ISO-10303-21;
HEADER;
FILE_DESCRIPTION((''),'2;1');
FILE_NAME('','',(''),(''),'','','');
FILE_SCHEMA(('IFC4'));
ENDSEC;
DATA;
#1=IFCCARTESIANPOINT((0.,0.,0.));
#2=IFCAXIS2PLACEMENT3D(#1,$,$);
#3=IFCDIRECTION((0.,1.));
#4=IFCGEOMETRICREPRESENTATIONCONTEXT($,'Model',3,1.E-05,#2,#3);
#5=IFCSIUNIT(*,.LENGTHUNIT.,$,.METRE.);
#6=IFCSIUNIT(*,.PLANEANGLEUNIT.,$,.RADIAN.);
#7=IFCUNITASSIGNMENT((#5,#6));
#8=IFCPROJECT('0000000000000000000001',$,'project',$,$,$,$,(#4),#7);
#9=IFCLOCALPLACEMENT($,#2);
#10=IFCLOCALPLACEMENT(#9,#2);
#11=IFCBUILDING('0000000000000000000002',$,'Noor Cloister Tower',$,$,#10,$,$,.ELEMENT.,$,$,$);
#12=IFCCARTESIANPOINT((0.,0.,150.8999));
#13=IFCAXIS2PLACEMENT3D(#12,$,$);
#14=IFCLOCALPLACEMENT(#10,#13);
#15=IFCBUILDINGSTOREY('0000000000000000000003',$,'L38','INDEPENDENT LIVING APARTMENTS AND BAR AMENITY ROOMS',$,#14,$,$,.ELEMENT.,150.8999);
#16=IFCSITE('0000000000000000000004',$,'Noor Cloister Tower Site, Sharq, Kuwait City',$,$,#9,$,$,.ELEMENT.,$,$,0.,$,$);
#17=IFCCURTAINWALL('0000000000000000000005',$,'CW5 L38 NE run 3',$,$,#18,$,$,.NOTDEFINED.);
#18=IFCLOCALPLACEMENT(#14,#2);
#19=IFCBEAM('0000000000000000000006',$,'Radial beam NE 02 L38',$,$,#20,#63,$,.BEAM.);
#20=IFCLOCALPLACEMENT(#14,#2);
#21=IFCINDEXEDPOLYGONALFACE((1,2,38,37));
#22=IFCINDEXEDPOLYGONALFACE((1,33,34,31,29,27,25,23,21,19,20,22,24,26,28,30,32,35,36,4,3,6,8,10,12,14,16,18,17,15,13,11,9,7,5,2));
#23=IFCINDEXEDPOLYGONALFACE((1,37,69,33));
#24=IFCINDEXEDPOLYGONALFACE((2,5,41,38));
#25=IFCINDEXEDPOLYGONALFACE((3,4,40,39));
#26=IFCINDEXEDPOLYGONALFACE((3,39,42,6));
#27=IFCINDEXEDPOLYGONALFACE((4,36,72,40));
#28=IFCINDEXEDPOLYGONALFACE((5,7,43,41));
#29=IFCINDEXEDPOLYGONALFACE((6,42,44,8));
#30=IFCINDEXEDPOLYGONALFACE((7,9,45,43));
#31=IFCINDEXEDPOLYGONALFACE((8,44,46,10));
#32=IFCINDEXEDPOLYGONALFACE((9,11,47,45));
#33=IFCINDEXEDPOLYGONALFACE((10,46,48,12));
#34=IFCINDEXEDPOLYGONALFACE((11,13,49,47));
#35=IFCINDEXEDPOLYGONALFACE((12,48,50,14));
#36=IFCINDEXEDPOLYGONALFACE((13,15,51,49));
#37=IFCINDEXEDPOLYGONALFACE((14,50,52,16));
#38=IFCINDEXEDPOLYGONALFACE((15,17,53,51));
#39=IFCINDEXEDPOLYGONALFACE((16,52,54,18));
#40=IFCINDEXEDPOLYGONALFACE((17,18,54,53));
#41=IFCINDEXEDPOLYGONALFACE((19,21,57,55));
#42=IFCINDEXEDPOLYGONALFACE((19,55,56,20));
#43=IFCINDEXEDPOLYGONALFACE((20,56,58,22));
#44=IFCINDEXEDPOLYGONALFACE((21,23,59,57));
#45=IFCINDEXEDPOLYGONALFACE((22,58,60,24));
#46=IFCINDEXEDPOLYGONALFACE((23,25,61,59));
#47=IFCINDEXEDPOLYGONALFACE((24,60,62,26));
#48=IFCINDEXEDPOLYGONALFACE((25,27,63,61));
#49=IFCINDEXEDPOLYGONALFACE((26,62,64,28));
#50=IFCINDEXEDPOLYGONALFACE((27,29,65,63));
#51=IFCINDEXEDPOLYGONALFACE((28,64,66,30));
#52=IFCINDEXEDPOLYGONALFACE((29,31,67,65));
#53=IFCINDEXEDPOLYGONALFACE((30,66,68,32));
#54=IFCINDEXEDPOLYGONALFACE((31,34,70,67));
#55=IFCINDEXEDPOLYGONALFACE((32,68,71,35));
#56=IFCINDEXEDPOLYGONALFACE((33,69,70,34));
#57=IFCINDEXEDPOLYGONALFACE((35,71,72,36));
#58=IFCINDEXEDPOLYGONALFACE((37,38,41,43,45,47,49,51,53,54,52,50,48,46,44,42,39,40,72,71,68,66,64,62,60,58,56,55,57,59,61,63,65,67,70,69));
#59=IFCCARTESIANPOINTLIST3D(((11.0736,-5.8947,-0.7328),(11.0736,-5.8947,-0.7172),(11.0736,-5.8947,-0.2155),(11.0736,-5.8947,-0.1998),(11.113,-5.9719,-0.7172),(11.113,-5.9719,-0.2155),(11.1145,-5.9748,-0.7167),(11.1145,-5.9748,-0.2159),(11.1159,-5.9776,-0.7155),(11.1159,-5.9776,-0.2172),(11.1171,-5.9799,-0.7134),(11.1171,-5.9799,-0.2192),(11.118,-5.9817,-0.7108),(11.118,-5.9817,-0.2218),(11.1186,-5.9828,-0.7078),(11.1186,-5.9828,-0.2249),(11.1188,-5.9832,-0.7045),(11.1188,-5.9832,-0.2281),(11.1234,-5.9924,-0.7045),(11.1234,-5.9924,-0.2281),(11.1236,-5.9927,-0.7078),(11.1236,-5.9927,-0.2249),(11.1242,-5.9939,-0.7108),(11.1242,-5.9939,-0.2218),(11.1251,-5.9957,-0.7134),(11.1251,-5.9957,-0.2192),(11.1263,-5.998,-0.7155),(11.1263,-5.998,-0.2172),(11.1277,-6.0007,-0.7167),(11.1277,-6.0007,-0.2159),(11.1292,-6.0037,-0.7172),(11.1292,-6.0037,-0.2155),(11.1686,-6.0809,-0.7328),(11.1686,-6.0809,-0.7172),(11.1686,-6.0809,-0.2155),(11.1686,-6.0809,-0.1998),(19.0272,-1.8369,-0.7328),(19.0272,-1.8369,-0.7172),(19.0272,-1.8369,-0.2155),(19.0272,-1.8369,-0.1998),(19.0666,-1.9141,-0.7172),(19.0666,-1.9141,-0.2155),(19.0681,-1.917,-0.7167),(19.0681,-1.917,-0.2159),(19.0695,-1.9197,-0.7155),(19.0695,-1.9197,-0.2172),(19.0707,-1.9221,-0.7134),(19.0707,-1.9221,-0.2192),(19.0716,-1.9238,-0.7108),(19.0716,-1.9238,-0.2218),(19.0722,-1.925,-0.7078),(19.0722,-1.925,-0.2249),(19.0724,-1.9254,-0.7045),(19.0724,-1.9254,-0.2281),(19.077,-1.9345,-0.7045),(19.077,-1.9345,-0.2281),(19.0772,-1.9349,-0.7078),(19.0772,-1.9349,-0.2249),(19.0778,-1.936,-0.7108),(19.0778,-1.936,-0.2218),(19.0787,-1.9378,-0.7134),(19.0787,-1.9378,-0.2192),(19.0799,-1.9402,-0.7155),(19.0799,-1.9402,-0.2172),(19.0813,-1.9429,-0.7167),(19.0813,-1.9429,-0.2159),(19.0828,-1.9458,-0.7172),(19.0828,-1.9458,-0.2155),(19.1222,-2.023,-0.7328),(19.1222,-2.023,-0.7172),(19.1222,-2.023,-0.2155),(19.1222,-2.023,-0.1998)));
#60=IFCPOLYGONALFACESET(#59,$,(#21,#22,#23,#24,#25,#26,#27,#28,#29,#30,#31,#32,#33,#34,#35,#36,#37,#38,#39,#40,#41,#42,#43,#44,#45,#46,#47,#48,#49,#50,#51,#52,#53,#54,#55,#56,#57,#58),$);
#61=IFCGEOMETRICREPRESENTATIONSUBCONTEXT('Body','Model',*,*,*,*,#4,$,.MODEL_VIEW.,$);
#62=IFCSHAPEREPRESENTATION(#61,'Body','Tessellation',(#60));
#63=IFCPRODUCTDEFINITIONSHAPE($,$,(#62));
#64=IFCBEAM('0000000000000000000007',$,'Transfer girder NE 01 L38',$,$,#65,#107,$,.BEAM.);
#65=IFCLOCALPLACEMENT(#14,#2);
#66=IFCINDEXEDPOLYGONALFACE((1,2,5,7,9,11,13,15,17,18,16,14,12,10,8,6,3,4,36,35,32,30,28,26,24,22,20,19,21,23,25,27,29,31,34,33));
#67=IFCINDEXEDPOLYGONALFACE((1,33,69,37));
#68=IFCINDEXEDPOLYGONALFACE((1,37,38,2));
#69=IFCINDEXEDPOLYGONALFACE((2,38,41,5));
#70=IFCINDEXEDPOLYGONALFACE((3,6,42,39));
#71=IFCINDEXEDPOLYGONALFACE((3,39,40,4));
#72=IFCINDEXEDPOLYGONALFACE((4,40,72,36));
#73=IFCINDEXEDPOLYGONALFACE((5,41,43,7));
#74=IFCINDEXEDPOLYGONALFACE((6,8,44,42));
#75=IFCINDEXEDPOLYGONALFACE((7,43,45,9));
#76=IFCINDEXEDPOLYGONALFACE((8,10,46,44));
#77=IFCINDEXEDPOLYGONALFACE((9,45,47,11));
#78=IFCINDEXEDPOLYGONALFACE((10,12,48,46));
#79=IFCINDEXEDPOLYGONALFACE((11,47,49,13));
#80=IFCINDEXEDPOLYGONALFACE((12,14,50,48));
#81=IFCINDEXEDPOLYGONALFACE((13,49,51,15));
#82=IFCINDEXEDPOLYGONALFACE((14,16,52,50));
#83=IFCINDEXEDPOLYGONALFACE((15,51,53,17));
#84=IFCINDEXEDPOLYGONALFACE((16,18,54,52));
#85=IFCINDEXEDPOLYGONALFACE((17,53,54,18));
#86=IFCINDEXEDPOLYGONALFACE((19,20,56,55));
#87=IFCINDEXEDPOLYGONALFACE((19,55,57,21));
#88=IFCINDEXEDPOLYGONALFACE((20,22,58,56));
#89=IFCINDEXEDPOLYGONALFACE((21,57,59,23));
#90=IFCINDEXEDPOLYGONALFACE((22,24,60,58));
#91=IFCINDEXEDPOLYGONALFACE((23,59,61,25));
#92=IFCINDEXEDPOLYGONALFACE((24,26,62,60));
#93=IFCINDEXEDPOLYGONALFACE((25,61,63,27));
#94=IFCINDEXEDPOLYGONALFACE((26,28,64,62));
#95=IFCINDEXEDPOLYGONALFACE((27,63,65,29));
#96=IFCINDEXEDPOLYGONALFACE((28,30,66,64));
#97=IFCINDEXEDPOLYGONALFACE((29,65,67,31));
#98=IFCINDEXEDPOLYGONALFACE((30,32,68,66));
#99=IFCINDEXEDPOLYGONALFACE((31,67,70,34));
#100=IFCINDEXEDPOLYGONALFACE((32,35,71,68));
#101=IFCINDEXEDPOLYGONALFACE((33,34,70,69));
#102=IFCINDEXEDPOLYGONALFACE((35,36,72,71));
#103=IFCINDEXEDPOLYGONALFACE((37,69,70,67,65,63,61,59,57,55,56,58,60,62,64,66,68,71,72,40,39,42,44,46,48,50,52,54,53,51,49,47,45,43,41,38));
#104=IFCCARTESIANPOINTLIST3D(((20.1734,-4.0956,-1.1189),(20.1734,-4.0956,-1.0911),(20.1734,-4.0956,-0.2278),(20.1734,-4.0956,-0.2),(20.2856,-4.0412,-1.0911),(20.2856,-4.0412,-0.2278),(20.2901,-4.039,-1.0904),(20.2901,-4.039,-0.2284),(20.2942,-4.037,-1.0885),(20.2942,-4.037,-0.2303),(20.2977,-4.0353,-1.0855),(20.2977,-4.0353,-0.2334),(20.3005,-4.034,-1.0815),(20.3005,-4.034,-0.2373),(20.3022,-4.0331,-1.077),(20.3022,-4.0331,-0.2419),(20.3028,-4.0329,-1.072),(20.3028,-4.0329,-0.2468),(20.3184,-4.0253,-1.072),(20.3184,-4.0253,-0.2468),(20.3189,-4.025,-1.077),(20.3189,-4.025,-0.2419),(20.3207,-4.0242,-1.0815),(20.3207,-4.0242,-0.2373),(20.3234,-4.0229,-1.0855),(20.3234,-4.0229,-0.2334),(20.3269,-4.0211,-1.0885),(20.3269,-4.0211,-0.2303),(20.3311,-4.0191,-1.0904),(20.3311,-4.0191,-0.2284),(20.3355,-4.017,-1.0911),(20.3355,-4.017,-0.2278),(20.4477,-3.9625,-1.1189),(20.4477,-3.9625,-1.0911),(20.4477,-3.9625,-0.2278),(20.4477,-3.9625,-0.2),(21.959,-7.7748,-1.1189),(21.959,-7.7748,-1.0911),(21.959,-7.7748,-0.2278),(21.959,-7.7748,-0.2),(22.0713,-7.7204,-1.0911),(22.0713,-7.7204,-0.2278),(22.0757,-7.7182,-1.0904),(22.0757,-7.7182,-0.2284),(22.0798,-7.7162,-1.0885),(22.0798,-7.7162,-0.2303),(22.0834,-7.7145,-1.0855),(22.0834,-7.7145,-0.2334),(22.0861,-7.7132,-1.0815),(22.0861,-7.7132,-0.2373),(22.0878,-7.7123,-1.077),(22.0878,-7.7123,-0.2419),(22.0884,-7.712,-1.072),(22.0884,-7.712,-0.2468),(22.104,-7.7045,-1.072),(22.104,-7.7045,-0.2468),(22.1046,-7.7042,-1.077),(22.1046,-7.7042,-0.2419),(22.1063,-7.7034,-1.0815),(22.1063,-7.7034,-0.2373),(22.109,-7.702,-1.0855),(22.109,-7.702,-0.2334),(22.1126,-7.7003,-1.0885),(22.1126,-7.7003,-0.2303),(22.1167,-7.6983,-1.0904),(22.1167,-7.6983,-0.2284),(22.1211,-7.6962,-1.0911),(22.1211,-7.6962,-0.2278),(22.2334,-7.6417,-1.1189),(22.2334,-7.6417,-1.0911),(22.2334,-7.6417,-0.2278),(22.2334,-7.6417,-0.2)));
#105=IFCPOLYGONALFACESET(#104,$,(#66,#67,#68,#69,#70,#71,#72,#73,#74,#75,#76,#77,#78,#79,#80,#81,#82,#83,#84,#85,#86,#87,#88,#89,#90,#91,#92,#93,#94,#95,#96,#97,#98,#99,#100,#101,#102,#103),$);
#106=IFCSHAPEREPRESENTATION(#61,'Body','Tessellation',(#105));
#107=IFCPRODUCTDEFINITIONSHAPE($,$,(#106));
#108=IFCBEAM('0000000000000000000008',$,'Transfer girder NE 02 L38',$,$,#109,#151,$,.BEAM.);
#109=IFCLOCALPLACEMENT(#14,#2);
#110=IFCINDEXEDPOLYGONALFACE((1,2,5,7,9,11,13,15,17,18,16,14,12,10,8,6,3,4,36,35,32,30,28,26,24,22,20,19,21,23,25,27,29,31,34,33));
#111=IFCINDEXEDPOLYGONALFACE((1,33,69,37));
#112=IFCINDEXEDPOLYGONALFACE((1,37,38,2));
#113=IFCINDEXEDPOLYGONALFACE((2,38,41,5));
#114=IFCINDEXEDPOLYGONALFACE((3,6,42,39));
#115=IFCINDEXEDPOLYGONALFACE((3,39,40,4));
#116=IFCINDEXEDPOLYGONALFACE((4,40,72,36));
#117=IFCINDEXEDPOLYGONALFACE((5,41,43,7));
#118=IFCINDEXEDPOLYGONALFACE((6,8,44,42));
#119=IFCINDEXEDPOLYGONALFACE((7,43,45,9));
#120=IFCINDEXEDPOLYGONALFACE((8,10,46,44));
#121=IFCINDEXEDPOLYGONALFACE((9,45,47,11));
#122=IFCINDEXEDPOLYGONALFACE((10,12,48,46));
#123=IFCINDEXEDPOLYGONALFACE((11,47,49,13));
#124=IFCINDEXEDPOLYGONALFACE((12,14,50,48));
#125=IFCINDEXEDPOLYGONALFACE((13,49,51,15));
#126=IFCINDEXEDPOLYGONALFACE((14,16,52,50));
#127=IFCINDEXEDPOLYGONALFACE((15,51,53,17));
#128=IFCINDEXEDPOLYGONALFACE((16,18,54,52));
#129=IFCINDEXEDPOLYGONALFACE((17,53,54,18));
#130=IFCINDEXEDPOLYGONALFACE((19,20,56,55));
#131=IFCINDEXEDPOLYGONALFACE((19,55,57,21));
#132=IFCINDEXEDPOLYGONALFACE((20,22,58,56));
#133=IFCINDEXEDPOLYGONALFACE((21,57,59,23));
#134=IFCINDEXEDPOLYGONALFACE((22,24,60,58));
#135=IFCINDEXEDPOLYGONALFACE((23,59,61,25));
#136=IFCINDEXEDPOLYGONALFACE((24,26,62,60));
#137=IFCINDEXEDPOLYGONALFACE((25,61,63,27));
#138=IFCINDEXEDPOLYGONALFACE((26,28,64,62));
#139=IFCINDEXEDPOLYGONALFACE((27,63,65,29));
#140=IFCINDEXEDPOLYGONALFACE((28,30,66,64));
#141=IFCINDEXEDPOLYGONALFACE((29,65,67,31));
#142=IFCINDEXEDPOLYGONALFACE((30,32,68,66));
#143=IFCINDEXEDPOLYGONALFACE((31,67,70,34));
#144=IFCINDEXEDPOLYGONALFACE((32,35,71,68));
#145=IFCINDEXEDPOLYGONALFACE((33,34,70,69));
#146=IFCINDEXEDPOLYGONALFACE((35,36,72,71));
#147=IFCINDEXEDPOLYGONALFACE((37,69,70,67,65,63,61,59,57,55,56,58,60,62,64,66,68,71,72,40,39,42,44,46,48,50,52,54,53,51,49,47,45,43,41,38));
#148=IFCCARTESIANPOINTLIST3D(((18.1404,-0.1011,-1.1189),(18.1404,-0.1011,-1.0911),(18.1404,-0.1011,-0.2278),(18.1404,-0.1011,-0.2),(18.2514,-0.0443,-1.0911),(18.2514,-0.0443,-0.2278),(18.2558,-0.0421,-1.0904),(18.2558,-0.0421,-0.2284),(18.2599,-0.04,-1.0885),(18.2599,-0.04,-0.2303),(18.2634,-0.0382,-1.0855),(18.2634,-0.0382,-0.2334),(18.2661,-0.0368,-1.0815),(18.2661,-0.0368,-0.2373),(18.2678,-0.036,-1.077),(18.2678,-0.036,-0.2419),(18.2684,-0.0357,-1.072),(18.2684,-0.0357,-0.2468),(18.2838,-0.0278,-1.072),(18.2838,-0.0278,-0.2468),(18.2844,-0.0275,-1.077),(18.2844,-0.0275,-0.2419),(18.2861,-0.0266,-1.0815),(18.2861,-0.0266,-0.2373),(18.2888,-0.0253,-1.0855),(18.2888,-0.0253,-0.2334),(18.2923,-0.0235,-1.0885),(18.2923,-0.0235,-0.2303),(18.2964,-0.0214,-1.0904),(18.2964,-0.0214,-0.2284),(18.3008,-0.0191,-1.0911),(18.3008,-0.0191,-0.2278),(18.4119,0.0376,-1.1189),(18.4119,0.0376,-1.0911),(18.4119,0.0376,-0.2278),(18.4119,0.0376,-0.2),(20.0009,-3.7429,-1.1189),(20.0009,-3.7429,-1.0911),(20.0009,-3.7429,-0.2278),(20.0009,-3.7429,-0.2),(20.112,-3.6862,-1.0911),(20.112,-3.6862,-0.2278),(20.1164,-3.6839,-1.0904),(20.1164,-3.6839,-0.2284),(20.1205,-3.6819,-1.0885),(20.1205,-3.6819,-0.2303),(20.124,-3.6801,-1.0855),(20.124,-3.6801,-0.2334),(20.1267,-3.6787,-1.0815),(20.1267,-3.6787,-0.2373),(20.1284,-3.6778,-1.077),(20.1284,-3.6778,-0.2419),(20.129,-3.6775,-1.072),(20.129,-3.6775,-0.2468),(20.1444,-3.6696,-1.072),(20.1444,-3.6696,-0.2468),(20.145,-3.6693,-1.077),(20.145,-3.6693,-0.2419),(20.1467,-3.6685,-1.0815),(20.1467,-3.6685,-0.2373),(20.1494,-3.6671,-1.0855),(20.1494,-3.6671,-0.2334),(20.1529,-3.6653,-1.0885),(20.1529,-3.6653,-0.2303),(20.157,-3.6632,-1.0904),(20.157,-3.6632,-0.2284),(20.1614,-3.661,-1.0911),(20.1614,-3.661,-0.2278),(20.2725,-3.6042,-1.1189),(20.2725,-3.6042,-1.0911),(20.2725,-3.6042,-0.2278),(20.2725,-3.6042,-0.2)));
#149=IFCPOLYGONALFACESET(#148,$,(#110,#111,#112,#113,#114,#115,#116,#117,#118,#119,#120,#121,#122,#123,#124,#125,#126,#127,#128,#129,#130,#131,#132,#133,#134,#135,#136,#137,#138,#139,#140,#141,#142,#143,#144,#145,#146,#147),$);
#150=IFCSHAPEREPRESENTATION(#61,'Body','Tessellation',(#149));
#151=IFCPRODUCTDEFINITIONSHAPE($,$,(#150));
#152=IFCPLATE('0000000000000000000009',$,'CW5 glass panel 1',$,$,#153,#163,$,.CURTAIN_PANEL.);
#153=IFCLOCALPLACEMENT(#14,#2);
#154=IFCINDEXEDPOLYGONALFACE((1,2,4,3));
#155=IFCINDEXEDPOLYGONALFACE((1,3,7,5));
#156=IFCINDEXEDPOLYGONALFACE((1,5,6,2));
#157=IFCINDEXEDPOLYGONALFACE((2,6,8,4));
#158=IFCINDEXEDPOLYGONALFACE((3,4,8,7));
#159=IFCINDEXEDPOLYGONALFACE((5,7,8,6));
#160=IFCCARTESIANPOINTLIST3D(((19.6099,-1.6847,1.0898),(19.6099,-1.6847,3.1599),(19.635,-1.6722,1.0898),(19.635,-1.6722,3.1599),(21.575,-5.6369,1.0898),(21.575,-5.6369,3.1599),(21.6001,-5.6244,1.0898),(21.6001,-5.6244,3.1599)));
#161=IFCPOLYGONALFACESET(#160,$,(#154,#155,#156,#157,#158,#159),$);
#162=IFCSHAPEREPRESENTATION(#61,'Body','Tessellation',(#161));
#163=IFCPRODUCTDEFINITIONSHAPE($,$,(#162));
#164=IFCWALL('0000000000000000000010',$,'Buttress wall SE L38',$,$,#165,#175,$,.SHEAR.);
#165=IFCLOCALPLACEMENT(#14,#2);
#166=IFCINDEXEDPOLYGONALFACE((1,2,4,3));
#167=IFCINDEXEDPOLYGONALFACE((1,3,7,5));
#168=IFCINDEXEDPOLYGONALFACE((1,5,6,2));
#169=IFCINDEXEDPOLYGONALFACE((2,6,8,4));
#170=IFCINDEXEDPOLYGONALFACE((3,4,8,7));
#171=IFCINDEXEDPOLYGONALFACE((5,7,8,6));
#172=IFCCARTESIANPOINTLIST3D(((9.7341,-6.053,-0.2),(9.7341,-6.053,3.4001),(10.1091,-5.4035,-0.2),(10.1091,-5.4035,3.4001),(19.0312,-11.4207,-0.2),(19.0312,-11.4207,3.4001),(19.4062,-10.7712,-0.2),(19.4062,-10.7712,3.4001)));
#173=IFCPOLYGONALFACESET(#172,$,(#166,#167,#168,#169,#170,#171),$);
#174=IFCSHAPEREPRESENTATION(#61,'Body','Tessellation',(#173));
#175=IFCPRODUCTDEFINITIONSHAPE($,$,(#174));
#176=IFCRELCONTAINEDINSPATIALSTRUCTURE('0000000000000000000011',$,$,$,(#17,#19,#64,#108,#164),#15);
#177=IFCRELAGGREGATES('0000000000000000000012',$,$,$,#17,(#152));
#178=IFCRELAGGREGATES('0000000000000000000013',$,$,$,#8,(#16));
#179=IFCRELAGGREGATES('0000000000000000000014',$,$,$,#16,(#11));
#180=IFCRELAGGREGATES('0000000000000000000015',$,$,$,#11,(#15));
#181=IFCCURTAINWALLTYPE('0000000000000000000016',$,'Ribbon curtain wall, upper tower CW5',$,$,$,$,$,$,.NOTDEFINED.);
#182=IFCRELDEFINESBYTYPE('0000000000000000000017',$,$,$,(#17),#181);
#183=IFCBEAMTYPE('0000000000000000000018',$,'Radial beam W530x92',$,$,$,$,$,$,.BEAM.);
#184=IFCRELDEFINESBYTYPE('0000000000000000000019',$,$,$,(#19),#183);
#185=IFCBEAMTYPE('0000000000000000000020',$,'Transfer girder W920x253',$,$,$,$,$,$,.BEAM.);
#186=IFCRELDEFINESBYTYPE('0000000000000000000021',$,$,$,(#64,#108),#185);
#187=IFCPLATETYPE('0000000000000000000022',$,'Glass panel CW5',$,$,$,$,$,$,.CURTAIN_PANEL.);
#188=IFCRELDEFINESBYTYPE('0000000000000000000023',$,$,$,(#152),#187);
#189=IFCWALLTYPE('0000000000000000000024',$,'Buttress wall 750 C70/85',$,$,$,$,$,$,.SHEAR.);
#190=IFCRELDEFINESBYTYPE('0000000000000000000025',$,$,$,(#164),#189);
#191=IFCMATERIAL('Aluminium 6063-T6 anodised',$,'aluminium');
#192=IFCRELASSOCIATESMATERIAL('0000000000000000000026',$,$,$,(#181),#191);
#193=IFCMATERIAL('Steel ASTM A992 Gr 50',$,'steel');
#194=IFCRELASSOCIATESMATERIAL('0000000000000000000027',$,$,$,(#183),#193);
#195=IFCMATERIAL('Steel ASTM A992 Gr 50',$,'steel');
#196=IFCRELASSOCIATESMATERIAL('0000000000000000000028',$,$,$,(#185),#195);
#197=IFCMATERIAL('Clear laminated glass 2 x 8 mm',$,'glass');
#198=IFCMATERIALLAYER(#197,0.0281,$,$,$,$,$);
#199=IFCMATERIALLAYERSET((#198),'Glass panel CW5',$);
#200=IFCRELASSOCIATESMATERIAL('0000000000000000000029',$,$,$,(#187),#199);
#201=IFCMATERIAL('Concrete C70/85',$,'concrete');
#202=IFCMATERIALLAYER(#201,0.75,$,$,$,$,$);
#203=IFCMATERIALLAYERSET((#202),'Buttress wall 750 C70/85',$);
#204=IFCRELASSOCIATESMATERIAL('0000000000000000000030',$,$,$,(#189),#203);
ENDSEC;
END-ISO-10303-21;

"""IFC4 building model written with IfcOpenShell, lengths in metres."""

from ifc_helpers import new_model, si_unit, direction, frame, frame_2d, origin, origin_2d, place, context, subcontext, project, spatial, rectangle, i_section, extrude, material, layer, layer_set, material_profile, profile_set, type_object, element, aggregate, save


model = new_model("IFC4")

# Units and contexts
model_context = context("Model", 3, precision=1e-05, world=origin(), true_north=direction((0.0, 1.0)))
body_context = subcontext(model_context, "Body", "Model", "MODEL_VIEW")
ifc_project = project(units=[si_unit("LENGTHUNIT", "METRE"), si_unit("PLANEANGLEUNIT", "RADIAN")], contexts=[model_context])

# Site, building, storey
site_placement = place(None, origin())
site = spatial("IfcSite", under=ifc_project, at=site_placement, Name="Noor Cloister Tower Site, Sharq, Kuwait City", CompositionType="ELEMENT", RefElevation=0.0)
building_placement = place(site_placement, origin())
building = spatial("IfcBuilding", under=site, at=building_placement, Name="Noor Cloister Tower", CompositionType="ELEMENT")
storey_placement = place(building_placement, frame((0.0, 0.0, 150.8999)))
storey = spatial("IfcBuildingStorey", under=building, at=storey_placement, Name="L38", Description="INDEPENDENT LIVING APARTMENTS AND BAR AMENITY ROOMS", CompositionType="ELEMENT", Elevation=150.8999)

# Curtain wall
ifc_material_1 = material(Name="Aluminium 6063-T6 anodised", Category="aluminium")
curtain_wall_type = type_object("IfcCurtainWallType", Name="Ribbon curtain wall, upper tower CW5", PredefinedType="NOTDEFINED", material=ifc_material_1)
curtain_wall_placement = place(storey_placement, origin())
curtain_wall = element("IfcCurtainWall", 1, at=curtain_wall_placement, inside=storey, type_object=curtain_wall_type, Name="CW5 L38 NE run 3", PredefinedType="NOTDEFINED")

# Beams
ifc_material_2 = material(Name="Steel ASTM A992 Gr 50", Category="steel")
ifc_material_profile_1 = material_profile(ifc_material_2, i_section(OverallWidth=0.209, OverallDepth=0.533, WebThickness=0.0103, FlangeThickness=0.0156, FilletRadius=0.0127, at=origin_2d()), Name="W530x92")
ifc_profile_set_1 = profile_set([ifc_material_profile_1], Name="Steel ASTM A992 Gr 50")
beam_type_1 = type_object("IfcBeamType", Name="Radial beam W530x92", PredefinedType="BEAM", material=ifc_profile_set_1)
beam_1_placement = place(storey_placement, frame((19.0747, -1.9299, -0.4663), z_axis=(-0.890767, -0.454461, 0.0), x_axis=(0.454461, -0.890767, 0.0)))
element("IfcBeam", 2, at=beam_1_placement, inside=storey, type_object=beam_type_1, Name="Radial beam NE 02 L38", PredefinedType="BEAM", context=body_context, shape_type="SweptSolid", body=[
    extrude(i_section(OverallWidth=0.209, OverallDepth=0.533, WebThickness=0.0103, FlangeThickness=0.0156, FilletRadius=0.0127, at=origin_2d()), origin(), (0.0, 0.0, 1.0), 8.929),
])
ifc_material_3 = material(Name="Steel ASTM A992 Gr 50", Category="steel")
ifc_material_profile_2 = material_profile(ifc_material_3, i_section(OverallWidth=0.3049, OverallDepth=0.9189, WebThickness=0.0173, FlangeThickness=0.0278, FilletRadius=0.019, at=origin_2d()), Name="W920x253")
ifc_profile_set_2 = profile_set([ifc_material_profile_2], Name="Steel ASTM A992 Gr 50")
beam_type_2 = type_object("IfcBeamType", Name="Transfer girder W920x253", PredefinedType="BEAM", material=ifc_profile_set_2)
for number, where, z_axis, x_axis, name in (
    (3, (22.0962, -7.7083, -0.6594), (-0.436628, 0.899642, 0.0), (-0.899642, -0.436628, 0.0), "Transfer girder NE 01 L38"),
    (4, (20.1367, -3.6736, -0.6594), (-0.454957, 0.890513, 0.0), (-0.890513, -0.454957, 0.0), "Transfer girder NE 02 L38"),
):
    element("IfcBeam", number, at=place(storey_placement, frame(where, z_axis=z_axis, x_axis=x_axis)), inside=storey, type_object=beam_type_2, Name=name, PredefinedType="BEAM", context=body_context, shape_type="SweptSolid", body=[
        extrude(i_section(OverallWidth=0.3049, OverallDepth=0.9189, WebThickness=0.0173, FlangeThickness=0.0278, FilletRadius=0.019, at=origin_2d()), origin(), (0.0, 0.0, 1.0), 4.0896),
    ])

# Plate
ifc_material_4 = material(Name="Clear laminated glass 2 x 8 mm", Category="glass")
ifc_layer_1 = layer(ifc_material_4, 0.0281)
ifc_layer_set_1 = layer_set([ifc_layer_1], Name="Glass panel CW5")
plate_type = type_object("IfcPlateType", Name="Glass panel CW5", PredefinedType="CURTAIN_PANEL", material=ifc_layer_set_1)
plate_placement = place(storey_placement, frame((20.605, -3.6545, 1.0898), z_axis=(0.0, 0.0, 1.0), x_axis=(-0.445213, 0.895424, 0.0)))
plate = element("IfcPlate", 5, at=plate_placement, type_object=plate_type, Name="CW5 glass panel 1", PredefinedType="CURTAIN_PANEL", context=body_context, shape_type="SweptSolid", body=[
    extrude(rectangle(XDim=4.4138, YDim=0.0281, at=origin_2d()), origin(), (0.0, 0.0, 1.0), 2.0701),
])
aggregate(curtain_wall, [plate])

# Wall
ifc_material_5 = material(Name="Concrete C70/85", Category="concrete")
ifc_layer_2 = layer(ifc_material_5, 0.75)
ifc_layer_set_2 = layer_set([ifc_layer_2], Name="Buttress wall 750 C70/85")
wall_type_1 = type_object("IfcWallType", Name="Buttress wall 750 C70/85", PredefinedType="SHEAR", material=ifc_layer_set_2)
wall_1_placement = place(storey_placement, frame((9.9216, -5.7283, -0.2), z_axis=(0.0, 0.0, 1.0), x_axis=(0.866026, -0.499999, 0.0)))
element("IfcWall", 6, at=wall_1_placement, inside=storey, type_object=wall_type_1, Name="Buttress wall SE L38", PredefinedType="SHEAR", context=body_context, shape_type="SweptSolid", body=[
    extrude(rectangle(XDim=10.7354, YDim=0.75, at=frame_2d((5.3677, 0.0))), origin(), (0.0, 0.0, 1.0), 3.6001),
])

save(model, "model.ifc")
